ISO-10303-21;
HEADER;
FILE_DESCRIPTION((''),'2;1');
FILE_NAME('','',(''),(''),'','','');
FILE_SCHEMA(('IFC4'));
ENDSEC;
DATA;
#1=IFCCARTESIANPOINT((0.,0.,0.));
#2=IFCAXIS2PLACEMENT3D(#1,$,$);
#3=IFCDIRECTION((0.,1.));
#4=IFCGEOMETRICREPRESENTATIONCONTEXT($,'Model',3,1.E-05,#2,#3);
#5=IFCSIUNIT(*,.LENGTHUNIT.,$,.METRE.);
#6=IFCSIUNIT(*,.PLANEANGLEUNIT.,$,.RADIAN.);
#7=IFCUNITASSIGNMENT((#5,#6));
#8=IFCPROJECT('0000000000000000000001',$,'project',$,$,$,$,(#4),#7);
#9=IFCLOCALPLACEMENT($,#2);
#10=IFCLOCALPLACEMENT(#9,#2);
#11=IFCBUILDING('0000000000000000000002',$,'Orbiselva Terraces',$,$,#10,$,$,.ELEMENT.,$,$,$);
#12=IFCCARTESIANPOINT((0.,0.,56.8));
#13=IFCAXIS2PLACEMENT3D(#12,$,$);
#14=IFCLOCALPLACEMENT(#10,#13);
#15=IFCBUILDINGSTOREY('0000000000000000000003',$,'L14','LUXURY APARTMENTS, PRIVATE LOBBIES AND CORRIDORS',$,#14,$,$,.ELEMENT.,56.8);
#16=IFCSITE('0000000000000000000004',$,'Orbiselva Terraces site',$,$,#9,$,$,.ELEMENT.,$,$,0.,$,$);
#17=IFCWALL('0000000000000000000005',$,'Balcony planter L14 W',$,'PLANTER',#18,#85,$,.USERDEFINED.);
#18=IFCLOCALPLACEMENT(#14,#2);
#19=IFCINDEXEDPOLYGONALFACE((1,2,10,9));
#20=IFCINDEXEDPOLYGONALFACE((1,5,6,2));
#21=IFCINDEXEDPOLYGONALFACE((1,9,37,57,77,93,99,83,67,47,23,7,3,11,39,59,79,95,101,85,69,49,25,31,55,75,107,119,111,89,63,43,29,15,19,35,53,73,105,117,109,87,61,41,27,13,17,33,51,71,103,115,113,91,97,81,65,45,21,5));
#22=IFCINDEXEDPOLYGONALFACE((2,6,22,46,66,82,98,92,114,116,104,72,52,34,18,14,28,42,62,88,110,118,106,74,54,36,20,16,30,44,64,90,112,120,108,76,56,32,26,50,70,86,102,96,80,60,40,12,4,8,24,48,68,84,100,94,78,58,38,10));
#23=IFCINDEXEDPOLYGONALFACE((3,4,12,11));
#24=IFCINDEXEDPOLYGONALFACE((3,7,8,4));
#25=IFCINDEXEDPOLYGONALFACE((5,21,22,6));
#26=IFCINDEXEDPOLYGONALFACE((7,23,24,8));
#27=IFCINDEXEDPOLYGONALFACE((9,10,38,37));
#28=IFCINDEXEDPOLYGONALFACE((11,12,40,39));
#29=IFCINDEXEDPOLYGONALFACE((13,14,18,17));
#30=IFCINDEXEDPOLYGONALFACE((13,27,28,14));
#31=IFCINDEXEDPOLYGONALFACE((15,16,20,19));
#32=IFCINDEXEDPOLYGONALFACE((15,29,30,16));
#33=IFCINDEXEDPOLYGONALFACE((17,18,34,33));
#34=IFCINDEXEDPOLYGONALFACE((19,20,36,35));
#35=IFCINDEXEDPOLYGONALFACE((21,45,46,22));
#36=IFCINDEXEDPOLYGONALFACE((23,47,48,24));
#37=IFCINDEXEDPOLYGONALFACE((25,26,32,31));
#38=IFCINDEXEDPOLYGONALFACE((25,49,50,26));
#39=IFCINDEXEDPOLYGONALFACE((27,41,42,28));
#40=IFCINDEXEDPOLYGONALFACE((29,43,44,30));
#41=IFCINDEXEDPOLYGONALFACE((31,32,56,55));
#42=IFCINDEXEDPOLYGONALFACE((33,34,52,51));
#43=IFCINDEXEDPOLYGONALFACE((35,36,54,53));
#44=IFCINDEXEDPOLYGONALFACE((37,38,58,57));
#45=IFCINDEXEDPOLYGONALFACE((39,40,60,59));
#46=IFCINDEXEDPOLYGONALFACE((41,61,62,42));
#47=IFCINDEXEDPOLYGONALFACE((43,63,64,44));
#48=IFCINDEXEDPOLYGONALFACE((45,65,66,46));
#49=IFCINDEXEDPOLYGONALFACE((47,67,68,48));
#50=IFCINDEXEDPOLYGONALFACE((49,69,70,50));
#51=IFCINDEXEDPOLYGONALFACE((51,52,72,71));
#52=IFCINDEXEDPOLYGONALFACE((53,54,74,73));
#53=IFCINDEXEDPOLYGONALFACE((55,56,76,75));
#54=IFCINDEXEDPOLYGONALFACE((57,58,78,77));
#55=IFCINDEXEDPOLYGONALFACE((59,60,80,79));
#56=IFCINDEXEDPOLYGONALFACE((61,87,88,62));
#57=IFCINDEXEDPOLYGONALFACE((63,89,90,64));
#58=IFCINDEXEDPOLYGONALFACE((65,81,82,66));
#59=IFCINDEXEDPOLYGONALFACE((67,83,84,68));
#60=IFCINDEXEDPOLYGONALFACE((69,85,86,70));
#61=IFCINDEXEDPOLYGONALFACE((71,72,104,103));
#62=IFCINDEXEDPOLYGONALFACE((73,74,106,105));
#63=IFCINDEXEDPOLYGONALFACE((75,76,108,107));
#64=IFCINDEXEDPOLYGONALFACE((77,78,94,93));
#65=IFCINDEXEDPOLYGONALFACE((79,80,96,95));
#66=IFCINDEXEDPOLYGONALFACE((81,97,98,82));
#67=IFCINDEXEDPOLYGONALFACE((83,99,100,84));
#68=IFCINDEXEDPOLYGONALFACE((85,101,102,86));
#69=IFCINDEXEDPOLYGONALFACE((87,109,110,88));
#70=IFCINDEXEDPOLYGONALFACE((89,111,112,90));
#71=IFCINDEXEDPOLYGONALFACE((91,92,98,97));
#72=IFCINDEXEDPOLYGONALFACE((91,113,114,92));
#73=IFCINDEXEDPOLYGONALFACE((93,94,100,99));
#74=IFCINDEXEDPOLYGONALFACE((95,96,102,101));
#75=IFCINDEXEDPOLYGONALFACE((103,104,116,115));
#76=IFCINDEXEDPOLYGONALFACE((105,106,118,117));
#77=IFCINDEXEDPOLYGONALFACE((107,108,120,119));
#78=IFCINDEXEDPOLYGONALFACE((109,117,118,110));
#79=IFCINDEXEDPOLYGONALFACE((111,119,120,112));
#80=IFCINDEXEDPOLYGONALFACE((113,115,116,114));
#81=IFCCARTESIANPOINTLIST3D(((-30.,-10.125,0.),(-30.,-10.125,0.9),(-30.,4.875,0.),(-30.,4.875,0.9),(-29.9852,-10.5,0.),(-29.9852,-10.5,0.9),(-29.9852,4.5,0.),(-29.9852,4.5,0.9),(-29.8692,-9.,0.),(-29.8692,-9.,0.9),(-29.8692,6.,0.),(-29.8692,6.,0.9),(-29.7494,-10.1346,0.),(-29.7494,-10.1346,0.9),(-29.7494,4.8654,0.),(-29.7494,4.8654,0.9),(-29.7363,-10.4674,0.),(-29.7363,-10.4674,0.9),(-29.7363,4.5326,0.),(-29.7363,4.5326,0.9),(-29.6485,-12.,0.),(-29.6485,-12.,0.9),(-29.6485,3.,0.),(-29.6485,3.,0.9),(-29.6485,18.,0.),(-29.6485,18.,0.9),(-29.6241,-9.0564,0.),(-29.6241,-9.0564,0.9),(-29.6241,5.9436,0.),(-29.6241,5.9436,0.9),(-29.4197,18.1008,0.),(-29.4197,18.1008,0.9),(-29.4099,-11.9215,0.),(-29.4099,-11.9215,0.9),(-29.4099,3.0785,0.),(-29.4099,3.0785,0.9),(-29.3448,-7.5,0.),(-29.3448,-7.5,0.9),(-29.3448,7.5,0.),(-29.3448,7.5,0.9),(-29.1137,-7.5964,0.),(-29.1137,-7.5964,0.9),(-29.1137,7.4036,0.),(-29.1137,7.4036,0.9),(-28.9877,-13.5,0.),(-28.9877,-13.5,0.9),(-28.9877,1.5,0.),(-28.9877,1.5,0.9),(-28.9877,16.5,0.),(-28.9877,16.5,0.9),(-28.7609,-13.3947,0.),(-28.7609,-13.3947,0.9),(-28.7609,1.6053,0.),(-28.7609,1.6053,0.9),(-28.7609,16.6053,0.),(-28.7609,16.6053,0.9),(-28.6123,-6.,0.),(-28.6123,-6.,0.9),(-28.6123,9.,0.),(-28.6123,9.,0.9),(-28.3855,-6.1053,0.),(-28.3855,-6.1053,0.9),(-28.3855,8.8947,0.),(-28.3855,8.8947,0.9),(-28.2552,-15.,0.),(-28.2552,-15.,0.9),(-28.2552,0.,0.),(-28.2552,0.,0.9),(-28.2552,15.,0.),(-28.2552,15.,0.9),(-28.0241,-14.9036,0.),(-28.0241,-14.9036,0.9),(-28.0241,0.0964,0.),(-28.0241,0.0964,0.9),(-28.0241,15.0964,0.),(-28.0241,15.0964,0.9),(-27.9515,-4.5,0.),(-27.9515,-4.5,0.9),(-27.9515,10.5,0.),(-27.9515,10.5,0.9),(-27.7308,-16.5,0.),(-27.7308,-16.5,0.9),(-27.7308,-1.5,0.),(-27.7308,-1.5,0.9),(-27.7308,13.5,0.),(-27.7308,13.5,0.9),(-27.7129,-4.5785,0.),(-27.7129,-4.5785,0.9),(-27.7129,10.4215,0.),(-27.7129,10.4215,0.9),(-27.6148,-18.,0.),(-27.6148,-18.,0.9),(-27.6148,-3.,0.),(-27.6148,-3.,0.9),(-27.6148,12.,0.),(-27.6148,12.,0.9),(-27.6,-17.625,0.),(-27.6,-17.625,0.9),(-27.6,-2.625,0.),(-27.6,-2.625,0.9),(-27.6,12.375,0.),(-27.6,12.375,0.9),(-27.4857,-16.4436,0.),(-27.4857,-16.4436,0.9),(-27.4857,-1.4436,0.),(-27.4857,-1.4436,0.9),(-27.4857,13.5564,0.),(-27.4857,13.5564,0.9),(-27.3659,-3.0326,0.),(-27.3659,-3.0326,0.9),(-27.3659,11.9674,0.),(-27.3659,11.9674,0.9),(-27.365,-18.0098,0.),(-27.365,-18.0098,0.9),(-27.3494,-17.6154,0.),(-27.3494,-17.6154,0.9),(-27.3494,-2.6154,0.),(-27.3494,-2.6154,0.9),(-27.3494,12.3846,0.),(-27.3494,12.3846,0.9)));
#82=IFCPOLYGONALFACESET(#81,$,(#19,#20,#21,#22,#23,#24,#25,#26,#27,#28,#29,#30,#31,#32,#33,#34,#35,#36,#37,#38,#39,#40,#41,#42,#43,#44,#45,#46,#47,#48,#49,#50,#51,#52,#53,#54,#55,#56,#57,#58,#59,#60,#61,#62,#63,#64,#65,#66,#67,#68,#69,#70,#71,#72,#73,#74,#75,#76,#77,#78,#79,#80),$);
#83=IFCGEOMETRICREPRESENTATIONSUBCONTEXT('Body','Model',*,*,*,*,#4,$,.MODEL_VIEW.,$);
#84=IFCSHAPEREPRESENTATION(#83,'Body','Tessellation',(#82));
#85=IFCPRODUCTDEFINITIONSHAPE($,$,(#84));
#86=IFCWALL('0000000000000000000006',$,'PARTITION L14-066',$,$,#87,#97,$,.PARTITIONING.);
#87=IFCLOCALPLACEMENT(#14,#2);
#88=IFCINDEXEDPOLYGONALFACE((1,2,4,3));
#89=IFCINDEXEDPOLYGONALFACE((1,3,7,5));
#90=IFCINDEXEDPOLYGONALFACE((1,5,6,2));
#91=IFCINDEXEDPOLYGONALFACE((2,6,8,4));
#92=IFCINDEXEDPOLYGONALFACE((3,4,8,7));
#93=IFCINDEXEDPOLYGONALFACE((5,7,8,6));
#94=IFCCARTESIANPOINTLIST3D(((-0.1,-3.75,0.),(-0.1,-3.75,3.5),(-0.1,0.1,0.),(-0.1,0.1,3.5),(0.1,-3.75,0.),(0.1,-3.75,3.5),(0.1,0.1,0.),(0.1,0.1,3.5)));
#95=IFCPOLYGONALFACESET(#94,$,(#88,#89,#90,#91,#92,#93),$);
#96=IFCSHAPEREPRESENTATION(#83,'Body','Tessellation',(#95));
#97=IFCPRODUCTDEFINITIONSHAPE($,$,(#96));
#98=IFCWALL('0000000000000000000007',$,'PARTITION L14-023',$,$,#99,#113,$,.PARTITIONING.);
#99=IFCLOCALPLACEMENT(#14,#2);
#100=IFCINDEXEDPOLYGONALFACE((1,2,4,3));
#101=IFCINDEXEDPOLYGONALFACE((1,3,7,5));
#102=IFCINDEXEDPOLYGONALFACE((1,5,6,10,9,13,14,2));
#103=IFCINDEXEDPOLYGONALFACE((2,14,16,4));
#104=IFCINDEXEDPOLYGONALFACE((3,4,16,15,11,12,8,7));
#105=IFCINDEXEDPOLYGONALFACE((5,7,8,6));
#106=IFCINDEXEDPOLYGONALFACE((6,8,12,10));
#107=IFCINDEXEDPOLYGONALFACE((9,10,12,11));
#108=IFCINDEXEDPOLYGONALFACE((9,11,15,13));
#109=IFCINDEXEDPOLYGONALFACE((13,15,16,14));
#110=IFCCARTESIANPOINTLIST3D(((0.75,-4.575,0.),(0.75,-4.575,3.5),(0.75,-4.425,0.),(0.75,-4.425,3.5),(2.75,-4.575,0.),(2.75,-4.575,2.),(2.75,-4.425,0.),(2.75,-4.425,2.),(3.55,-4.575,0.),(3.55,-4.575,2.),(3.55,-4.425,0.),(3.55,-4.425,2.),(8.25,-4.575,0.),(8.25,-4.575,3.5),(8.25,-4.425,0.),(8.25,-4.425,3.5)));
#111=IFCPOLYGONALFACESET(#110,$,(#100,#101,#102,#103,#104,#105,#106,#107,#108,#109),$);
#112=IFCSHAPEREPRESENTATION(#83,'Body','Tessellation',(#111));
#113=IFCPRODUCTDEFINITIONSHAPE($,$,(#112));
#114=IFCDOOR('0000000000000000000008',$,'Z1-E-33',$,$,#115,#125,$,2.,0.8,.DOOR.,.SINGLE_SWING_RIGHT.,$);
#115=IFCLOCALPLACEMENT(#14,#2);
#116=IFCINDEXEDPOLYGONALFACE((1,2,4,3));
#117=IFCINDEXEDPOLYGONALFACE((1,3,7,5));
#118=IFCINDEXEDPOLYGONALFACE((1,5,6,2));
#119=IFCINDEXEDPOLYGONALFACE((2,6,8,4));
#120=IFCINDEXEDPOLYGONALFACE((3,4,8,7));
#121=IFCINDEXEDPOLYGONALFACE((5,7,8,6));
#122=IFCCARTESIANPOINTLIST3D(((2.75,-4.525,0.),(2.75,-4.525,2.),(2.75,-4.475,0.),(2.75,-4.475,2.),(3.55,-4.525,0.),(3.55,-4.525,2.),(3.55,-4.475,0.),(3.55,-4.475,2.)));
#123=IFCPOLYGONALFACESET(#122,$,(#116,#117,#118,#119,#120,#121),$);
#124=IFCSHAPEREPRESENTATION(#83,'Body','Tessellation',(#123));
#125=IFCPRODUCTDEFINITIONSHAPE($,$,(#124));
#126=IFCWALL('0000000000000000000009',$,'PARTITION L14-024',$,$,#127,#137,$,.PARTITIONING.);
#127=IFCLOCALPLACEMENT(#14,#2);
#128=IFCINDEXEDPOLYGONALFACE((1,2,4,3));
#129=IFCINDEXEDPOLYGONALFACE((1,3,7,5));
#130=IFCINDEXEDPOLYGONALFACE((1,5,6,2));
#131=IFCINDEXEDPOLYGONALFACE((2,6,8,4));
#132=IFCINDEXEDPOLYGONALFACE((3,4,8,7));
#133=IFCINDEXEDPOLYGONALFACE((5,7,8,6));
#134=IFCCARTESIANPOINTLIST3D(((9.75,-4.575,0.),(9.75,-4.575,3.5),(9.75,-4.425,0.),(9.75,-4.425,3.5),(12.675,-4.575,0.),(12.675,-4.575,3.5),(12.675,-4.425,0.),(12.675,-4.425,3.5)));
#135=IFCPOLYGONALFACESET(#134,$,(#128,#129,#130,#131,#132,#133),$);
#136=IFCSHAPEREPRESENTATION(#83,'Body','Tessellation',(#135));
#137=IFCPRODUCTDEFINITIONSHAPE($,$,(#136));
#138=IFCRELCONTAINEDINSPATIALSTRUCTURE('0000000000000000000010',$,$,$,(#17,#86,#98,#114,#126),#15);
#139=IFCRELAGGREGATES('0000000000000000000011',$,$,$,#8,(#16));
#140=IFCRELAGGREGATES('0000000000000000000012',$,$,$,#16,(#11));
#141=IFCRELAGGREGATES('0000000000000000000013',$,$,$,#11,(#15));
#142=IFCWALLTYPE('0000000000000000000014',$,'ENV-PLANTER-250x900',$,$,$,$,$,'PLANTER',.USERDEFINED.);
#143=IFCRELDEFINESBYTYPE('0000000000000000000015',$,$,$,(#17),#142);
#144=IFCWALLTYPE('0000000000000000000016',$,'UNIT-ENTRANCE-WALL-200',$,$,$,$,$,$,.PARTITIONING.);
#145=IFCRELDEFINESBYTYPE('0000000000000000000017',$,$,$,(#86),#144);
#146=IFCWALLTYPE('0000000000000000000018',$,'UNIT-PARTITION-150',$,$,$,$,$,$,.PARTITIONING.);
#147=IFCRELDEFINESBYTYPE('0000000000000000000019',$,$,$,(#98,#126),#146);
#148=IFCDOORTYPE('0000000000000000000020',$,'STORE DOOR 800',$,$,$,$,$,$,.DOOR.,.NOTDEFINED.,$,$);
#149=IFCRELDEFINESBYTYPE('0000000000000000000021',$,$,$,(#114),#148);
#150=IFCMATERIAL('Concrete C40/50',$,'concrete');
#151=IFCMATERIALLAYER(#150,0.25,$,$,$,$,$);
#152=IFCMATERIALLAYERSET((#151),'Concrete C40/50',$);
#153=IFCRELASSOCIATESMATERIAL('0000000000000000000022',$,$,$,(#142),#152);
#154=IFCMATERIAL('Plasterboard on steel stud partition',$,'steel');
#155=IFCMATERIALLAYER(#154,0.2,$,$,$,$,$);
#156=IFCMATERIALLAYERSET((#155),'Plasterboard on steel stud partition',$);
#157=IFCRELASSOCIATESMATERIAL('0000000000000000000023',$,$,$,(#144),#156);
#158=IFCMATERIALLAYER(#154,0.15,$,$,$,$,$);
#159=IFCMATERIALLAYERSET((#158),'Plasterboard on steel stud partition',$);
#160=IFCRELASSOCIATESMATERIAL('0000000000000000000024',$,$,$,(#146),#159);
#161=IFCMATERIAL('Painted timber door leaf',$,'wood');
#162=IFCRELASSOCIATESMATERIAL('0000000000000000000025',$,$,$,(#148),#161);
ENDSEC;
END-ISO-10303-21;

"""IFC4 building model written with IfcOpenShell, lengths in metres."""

from ifc_helpers import new_model, si_unit, direction, frame, frame_2d, origin, place, context, subcontext, project, spatial, polyline, rectangle, outline, extrude, material, layer, layer_set, type_object, element, fill, save


model = new_model("IFC4")

# Units and contexts
model_context = context("Model", 3, precision=1e-05, world=origin(), true_north=direction((0.0, 1.0)))
body_context = subcontext(model_context, "Body", "Model", "MODEL_VIEW")
ifc_project = project(units=[si_unit("LENGTHUNIT", "METRE"), si_unit("PLANEANGLEUNIT", "RADIAN")], contexts=[model_context])

# Site, building, storey
site_placement = place(None, origin())
site = spatial("IfcSite", under=ifc_project, at=site_placement, Name="Orbiselva Terraces site", CompositionType="ELEMENT", RefElevation=0.0)
building_placement = place(site_placement, origin())
building = spatial("IfcBuilding", under=site, at=building_placement, Name="Orbiselva Terraces", CompositionType="ELEMENT")
storey_placement = place(building_placement, frame((0.0, 0.0, 56.8)))
storey = spatial("IfcBuildingStorey", under=building, at=storey_placement, Name="L14", Description="LUXURY APARTMENTS, PRIVATE LOBBIES AND CORRIDORS", CompositionType="ELEMENT", Elevation=56.8)

# Shared definitions
ifc_material_1 = material(Name="Concrete C40/50", Category="concrete")

# Walls
ifc_layer_1 = layer(ifc_material_1, 0.25)
ifc_layer_set_1 = layer_set([ifc_layer_1], Name="Concrete C40/50")
wall_type_1 = type_object("IfcWallType", Name="ENV-PLANTER-250x900", ElementType="PLANTER", PredefinedType="USERDEFINED", material=ifc_layer_set_1)
wall_1_placement = place(storey_placement, origin())
element("IfcWall", 1, at=wall_1_placement, inside=storey, type_object=wall_type_1, Name="Balcony planter L14 W", ObjectType="PLANTER", PredefinedType="USERDEFINED", context=body_context, shape_type="SweptSolid", body=[
    extrude(outline(polyline([(-29.6485, 18.0), (-28.9877, 16.5), (-28.2552, 15.0), (-27.7308, 13.5), (-27.6, 12.375), (-27.6148, 12.0), (-27.9515, 10.5), (-28.6123, 9.0), (-29.3448, 7.5), (-29.8692, 6.0), (-30.0, 4.875), (-29.9852, 4.5), (-29.6485, 3.0), (-28.9877, 1.5), (-28.2552, 0.0), (-27.7308, -1.5), (-27.6, -2.625), (-27.6148, -3.0), (-27.9515, -4.5), (-28.6123, -6.0), (-29.3448, -7.5), (-29.8692, -9.0), (-30.0, -10.125), (-29.9852, -10.5), (-29.6485, -12.0), (-28.9877, -13.5), (-28.2552, -15.0), (-27.7308, -16.5), (-27.6, -17.625), (-27.6148, -18.0), (-27.365, -18.0098), (-27.3494, -17.6154), (-27.4857, -16.4436), (-28.0241, -14.9036), (-28.7609, -13.3947), (-29.4099, -11.9215), (-29.7363, -10.4674), (-29.7494, -10.1346), (-29.6241, -9.0564), (-29.1137, -7.5964), (-28.3855, -6.1053), (-27.7129, -4.5785), (-27.3659, -3.0326), (-27.3494, -2.6154), (-27.4857, -1.4436), (-28.0241, 0.0964), (-28.7609, 1.6053), (-29.4099, 3.0785), (-29.7363, 4.5326), (-29.7494, 4.8654), (-29.6241, 5.9436), (-29.1137, 7.4036), (-28.3855, 8.8947), (-27.7129, 10.4215), (-27.3659, 11.9674), (-27.3494, 12.3846), (-27.4857, 13.5564), (-28.0241, 15.0964), (-28.7609, 16.6053), (-29.4197, 18.1008), (-29.6485, 18.0)])), origin(), (0.0, 0.0, 1.0), 0.9),
])
ifc_material_2 = material(Name="Plasterboard on steel stud partition", Category="steel")
ifc_layer_2 = layer(ifc_material_2, 0.2)
ifc_layer_set_2 = layer_set([ifc_layer_2], Name="Plasterboard on steel stud partition")
wall_type_2 = type_object("IfcWallType", Name="UNIT-ENTRANCE-WALL-200", PredefinedType="PARTITIONING", material=ifc_layer_set_2)
wall_2_placement = place(storey_placement, frame((0.0, -3.75, 0.0), z_axis=(0.0, 0.0, 1.0), x_axis=(0.0, 1.0, 0.0)))
element("IfcWall", 2, at=wall_2_placement, inside=storey, type_object=wall_type_2, Name="PARTITION L14-066", PredefinedType="PARTITIONING", context=body_context, shape_type="SweptSolid", body=[
    extrude(rectangle(XDim=3.85, YDim=0.2, at=frame_2d((1.925, 0.0))), origin(), (0.0, 0.0, 1.0), 3.5),
])

# Wall, opening, door
ifc_layer_3 = layer(ifc_material_2, 0.15)
ifc_layer_set_3 = layer_set([ifc_layer_3], Name="Plasterboard on steel stud partition")
wall_type_3 = type_object("IfcWallType", Name="UNIT-PARTITION-150", PredefinedType="PARTITIONING", material=ifc_layer_set_3)
wall_3_placement = place(storey_placement, frame((8.25, -4.5, 0.0), z_axis=(0.0, 0.0, 1.0), x_axis=(-1.0, 0.0, 0.0)))
wall_3 = element("IfcWall", 3, at=wall_3_placement, inside=storey, type_object=wall_type_3, Name="PARTITION L14-023", PredefinedType="PARTITIONING", context=body_context, shape_type="SweptSolid", body=[
    extrude(rectangle(XDim=7.5, YDim=0.15, at=frame_2d((3.75, 0.0))), origin(), (0.0, 0.0, 1.0), 3.5),
])
opening_placement = place(wall_3_placement, frame((4.7, 0.0, 0.0)))
opening = element("IfcOpeningElement", 4, at=opening_placement, cuts=wall_3, PredefinedType="OPENING", context=body_context, shape_type="SweptSolid", body=[
    extrude(rectangle(XDim=0.8, YDim=2.0, at=frame_2d((0.4, 1.0))), frame((0.0, 0.085, 0.0), z_axis=(0.0, -1.0, 0.0), x_axis=(1.0, 0.0, 0.0)), (0.0, 0.0, 1.0), 0.17),
])
ifc_material_3 = material(Name="Painted timber door leaf", Category="wood")
door_type = type_object("IfcDoorType", Name="STORE DOOR 800", OperationType="NOTDEFINED", PredefinedType="DOOR", material=ifc_material_3)
door_placement = place(opening_placement, origin())
door = element("IfcDoor", 5, at=door_placement, inside=storey, type_object=door_type, Name="Z1-E-33", OperationType="SINGLE_SWING_RIGHT", OverallHeight=2.0, OverallWidth=0.8, PredefinedType="DOOR", context=body_context, shape_type="SweptSolid", body=[
    extrude(rectangle(XDim=0.8, YDim=2.0, at=frame_2d((0.4, 1.0))), frame((0.0, 0.025, 0.0), z_axis=(0.0, -1.0, 0.0), x_axis=(1.0, 0.0, 0.0)), (0.0, 0.0, 1.0), 0.05),
])
fill(opening, door)

# Wall
wall_4_placement = place(storey_placement, frame((9.75, -4.5, 0.0), z_axis=(0.0, 0.0, 1.0), x_axis=(1.0, 0.0, 0.0)))
element("IfcWall", 6, at=wall_4_placement, inside=storey, type_object=wall_type_3, Name="PARTITION L14-024", PredefinedType="PARTITIONING", context=body_context, shape_type="SweptSolid", body=[
    extrude(rectangle(XDim=2.925, YDim=0.15, at=frame_2d((1.4625, 0.0))), origin(), (0.0, 0.0, 1.0), 3.5),
])

save(model, "model.ifc")
